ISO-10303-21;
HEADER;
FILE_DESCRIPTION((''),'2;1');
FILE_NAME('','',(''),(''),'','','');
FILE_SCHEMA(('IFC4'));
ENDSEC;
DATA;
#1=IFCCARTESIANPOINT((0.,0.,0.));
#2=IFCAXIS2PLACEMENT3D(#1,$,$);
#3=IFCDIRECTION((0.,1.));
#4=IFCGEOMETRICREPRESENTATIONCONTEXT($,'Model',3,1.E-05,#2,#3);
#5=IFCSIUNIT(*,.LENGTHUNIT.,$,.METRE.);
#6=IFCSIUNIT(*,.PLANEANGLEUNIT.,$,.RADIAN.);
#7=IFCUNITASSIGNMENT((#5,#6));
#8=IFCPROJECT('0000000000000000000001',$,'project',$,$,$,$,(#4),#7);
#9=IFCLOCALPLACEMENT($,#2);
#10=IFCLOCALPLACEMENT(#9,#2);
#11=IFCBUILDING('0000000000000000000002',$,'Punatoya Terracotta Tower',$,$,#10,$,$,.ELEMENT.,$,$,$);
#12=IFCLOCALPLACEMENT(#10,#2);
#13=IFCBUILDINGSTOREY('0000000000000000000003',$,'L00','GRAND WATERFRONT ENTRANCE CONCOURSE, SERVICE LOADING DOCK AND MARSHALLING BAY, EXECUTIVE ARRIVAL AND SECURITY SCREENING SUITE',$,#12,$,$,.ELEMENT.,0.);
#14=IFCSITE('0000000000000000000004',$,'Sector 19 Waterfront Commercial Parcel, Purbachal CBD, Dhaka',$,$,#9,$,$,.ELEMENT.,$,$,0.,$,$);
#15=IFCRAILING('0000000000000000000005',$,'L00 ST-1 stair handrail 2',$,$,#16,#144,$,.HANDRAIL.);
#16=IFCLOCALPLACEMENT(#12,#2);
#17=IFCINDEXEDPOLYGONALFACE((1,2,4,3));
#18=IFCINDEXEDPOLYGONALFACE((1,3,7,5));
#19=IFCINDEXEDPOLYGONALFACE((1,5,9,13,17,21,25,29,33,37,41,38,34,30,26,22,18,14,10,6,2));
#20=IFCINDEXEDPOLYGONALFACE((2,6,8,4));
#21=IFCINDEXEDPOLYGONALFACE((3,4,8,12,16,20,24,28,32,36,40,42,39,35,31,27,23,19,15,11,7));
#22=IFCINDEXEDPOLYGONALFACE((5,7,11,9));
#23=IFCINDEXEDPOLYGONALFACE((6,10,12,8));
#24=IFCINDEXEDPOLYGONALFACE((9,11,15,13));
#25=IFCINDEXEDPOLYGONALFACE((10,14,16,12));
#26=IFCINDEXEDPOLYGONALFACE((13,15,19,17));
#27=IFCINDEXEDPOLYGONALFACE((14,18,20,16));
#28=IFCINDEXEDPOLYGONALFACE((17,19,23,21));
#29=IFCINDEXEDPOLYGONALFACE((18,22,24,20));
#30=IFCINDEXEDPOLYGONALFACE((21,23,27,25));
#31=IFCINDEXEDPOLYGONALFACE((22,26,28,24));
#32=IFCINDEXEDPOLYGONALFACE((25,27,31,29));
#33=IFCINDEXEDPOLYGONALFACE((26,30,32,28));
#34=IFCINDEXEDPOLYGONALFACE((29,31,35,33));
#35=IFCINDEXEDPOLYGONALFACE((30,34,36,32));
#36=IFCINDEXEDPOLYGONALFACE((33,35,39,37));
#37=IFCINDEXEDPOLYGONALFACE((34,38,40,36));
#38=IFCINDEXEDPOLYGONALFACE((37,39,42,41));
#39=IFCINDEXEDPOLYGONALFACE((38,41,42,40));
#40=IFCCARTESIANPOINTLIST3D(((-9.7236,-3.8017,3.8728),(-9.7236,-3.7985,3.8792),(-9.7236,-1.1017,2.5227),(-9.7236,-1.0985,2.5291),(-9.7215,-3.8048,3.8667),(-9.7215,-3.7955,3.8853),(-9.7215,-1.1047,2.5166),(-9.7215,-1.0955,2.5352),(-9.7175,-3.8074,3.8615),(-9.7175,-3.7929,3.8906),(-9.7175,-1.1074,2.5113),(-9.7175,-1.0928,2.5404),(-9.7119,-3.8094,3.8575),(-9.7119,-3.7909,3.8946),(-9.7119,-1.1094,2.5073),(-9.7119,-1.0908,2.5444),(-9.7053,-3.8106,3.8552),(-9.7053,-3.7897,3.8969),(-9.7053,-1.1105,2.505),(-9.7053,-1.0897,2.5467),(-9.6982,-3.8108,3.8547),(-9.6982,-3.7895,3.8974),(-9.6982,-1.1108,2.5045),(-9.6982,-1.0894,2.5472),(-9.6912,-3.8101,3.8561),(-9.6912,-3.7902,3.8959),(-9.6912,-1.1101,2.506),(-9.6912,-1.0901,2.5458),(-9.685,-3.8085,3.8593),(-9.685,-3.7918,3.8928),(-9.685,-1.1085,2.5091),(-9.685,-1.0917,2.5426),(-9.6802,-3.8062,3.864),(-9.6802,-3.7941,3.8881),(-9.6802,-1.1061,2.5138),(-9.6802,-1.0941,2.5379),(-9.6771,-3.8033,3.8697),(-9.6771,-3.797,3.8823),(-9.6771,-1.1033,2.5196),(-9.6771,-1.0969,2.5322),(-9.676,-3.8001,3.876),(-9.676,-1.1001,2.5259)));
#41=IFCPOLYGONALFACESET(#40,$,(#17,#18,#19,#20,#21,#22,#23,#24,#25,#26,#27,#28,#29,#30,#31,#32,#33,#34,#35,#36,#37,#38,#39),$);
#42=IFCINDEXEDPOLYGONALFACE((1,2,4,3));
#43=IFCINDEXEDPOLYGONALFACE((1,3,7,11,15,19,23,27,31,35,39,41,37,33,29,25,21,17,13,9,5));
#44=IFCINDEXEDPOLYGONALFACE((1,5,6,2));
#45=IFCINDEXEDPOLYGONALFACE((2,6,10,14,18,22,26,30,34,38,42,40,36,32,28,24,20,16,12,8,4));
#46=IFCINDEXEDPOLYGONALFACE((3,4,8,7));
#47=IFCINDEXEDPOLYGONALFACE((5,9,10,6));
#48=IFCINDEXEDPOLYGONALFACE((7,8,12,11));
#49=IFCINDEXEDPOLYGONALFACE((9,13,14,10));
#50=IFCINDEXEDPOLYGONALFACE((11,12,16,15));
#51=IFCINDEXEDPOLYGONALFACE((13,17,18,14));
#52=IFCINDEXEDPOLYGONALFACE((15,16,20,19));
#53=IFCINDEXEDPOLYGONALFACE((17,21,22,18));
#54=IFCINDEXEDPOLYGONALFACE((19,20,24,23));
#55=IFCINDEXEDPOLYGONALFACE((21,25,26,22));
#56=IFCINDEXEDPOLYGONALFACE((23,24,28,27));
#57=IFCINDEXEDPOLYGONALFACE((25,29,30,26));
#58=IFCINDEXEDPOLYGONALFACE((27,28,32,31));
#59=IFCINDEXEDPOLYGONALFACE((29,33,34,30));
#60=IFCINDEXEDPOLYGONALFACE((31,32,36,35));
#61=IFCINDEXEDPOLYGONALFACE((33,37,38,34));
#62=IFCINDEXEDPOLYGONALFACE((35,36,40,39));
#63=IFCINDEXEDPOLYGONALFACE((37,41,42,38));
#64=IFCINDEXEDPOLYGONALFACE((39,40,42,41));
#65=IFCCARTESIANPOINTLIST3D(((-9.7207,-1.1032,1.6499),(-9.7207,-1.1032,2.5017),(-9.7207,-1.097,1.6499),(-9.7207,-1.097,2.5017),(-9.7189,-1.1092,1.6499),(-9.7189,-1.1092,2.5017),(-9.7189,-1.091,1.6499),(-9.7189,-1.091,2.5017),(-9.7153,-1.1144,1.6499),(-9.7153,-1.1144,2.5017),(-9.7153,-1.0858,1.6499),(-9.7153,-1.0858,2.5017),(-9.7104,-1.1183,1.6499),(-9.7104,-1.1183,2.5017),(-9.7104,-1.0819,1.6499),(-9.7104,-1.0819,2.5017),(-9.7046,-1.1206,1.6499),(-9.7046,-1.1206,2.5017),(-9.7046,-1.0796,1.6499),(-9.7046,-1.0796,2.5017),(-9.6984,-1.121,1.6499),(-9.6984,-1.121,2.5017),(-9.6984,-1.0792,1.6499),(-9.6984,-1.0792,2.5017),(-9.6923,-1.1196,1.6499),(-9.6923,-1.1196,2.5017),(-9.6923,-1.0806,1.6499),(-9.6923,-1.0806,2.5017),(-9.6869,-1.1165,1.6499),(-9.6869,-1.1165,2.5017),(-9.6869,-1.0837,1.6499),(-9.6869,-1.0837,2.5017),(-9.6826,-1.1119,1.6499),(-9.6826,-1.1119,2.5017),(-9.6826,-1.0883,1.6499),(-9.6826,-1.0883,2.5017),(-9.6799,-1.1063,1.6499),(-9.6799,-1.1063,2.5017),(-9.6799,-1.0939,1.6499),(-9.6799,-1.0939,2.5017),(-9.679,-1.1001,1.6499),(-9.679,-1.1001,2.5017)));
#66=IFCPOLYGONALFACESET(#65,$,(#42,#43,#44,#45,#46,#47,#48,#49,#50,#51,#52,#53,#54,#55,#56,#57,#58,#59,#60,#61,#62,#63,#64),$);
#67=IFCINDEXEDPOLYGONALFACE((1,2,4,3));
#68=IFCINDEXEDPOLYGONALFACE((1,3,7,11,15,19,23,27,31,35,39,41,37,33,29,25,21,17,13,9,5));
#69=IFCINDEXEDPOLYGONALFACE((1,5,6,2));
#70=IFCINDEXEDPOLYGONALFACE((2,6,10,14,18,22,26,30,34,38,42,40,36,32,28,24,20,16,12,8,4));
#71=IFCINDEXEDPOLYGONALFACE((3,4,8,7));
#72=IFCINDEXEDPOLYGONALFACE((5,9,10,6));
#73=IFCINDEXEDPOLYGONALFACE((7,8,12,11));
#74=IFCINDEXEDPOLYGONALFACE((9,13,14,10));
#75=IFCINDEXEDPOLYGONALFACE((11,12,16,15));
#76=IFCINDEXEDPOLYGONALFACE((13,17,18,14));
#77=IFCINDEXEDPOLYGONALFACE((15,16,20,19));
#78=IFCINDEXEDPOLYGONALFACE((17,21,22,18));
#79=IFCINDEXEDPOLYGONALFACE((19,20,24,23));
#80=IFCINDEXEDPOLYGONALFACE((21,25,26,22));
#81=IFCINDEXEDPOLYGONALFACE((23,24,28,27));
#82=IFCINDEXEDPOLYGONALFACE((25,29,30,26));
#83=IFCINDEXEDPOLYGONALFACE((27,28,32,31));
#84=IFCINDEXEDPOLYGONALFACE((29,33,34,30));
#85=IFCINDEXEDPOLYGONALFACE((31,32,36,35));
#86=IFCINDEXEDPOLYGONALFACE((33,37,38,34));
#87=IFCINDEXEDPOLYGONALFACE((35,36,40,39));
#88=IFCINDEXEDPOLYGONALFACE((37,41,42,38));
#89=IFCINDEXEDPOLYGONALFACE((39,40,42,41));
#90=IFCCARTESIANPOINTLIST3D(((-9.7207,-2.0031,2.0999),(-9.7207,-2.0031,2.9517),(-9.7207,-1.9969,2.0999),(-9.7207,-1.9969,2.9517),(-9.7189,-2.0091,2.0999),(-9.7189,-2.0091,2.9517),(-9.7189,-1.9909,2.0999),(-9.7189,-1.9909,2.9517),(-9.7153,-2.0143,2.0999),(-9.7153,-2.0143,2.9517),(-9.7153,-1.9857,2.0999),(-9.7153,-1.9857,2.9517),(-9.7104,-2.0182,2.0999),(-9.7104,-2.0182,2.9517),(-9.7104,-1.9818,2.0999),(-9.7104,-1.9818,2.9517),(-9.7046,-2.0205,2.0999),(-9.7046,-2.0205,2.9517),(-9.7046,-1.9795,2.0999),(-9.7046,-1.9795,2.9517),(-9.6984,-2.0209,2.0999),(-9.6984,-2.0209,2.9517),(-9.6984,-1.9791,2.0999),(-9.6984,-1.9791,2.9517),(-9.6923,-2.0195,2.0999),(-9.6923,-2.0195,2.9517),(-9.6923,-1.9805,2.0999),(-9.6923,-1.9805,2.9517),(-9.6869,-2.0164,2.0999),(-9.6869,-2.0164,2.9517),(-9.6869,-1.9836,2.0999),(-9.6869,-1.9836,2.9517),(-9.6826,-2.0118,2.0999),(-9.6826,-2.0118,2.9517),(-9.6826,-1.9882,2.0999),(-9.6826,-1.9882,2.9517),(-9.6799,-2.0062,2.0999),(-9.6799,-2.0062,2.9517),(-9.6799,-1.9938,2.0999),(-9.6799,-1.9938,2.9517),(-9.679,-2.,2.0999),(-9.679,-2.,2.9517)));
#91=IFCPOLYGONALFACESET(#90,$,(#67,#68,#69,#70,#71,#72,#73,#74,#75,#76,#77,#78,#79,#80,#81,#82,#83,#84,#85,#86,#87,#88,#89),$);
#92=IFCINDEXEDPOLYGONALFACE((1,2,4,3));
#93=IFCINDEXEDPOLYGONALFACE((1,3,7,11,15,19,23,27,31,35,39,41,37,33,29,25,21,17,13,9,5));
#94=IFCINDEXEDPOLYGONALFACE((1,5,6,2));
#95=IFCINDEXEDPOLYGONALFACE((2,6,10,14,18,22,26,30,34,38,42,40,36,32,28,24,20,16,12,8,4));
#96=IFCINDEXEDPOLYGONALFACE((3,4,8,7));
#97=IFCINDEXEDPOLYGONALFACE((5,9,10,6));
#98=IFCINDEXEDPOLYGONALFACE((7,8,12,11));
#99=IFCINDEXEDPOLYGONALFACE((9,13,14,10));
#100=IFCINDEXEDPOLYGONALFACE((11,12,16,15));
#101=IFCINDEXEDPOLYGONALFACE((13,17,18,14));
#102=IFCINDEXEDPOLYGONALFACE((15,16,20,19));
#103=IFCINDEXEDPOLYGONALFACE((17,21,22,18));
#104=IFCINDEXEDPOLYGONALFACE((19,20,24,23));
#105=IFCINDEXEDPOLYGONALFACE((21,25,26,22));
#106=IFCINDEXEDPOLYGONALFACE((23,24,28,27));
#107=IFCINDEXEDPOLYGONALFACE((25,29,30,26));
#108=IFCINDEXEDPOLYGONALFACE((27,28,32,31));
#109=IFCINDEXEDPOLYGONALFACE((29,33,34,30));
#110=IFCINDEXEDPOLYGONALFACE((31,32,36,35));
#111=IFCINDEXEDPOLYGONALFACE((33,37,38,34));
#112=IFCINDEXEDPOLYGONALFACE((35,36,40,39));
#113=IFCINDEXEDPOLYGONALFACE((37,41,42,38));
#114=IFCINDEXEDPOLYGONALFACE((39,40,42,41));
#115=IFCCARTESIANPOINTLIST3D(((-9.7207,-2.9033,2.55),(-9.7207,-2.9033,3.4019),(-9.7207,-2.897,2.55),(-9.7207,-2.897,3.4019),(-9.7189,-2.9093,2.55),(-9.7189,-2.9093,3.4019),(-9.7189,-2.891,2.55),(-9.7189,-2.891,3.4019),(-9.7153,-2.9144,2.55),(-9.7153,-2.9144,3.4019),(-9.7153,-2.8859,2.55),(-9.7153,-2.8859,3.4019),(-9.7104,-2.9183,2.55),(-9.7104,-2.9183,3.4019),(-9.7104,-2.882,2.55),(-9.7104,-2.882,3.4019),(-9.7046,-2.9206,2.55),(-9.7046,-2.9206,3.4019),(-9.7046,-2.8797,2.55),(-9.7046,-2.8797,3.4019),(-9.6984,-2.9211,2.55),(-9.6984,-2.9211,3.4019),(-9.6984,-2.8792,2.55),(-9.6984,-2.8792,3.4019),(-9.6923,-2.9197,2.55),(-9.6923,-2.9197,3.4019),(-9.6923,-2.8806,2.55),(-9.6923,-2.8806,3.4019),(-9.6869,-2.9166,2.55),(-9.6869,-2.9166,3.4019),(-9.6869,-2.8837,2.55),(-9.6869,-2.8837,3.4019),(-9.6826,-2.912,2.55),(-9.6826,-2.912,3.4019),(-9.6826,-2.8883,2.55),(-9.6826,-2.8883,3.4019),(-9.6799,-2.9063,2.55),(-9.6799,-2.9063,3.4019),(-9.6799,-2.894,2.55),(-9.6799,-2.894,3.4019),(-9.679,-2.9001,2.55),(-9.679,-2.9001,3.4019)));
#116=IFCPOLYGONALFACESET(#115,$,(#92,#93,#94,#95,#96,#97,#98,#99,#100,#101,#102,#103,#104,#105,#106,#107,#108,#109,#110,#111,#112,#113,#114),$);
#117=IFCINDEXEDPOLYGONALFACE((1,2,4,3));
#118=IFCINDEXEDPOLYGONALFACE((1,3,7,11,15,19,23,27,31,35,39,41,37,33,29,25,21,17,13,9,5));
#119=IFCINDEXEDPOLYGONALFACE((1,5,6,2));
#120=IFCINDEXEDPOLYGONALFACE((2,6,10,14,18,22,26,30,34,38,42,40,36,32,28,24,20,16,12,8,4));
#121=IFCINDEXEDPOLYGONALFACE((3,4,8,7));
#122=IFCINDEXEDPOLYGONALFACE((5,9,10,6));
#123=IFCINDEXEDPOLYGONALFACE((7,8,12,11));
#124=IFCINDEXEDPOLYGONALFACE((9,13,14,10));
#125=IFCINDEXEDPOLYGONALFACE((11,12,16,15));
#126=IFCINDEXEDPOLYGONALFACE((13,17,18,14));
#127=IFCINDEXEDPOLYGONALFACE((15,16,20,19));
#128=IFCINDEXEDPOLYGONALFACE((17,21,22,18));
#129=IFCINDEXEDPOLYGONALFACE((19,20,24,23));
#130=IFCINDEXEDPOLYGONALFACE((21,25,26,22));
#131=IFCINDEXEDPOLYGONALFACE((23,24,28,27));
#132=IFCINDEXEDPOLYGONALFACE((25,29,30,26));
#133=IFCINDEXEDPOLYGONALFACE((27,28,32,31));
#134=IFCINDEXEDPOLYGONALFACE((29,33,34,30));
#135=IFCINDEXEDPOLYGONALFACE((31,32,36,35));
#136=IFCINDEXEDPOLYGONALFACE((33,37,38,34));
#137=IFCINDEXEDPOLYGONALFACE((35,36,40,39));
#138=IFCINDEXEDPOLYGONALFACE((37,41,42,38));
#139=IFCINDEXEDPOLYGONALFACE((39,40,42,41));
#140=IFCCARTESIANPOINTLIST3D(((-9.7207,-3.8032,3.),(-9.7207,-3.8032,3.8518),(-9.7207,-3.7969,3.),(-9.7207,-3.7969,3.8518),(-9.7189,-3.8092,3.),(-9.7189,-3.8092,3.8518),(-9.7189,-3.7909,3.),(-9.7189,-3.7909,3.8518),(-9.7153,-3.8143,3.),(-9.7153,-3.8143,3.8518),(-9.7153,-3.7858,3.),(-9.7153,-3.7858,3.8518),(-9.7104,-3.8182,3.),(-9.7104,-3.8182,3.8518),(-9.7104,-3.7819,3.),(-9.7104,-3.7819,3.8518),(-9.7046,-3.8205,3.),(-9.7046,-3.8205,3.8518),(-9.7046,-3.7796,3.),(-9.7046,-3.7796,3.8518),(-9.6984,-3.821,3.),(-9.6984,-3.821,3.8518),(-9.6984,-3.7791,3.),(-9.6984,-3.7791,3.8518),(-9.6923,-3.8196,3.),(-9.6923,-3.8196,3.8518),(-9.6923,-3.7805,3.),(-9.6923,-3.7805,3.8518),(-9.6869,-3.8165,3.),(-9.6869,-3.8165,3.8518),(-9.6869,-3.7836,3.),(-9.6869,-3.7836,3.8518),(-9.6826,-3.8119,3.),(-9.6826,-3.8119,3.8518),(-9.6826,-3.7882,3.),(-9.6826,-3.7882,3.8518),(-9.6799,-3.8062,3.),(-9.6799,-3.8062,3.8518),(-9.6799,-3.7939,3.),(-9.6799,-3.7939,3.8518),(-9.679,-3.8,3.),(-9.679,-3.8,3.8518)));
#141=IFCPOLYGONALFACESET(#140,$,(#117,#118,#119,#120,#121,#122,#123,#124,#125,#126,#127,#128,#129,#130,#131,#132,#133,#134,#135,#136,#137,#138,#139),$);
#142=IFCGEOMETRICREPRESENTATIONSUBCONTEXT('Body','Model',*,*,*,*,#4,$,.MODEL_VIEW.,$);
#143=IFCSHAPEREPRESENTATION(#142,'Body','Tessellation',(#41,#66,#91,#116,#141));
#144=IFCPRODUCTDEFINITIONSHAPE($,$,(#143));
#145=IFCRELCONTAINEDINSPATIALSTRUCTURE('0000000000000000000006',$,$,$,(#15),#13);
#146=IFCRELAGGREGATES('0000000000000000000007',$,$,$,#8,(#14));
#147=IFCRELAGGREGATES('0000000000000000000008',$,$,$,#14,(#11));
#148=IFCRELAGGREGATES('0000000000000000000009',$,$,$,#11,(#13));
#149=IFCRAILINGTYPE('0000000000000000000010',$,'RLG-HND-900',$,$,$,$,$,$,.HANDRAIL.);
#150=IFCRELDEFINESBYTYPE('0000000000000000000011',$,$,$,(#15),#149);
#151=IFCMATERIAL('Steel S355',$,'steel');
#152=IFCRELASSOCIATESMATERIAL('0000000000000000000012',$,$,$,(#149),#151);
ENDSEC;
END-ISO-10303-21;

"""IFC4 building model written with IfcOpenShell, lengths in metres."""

from ifc_helpers import new_model, si_unit, direction, frame, origin, origin_2d, place, context, subcontext, project, spatial, circle, extrude, material, type_object, element, save


model = new_model("IFC4")

# Units and contexts
model_context = context("Model", 3, precision=1e-05, world=origin(), true_north=direction((0.0, 1.0)))
body_context = subcontext(model_context, "Body", "Model", "MODEL_VIEW")
ifc_project = project(units=[si_unit("LENGTHUNIT", "METRE"), si_unit("PLANEANGLEUNIT", "RADIAN")], contexts=[model_context])

# Site, building, storey
site_placement = place(None, origin())
site = spatial("IfcSite", under=ifc_project, at=site_placement, Name="Sector 19 Waterfront Commercial Parcel, Purbachal CBD, Dhaka", CompositionType="ELEMENT", RefElevation=0.0)
building_placement = place(site_placement, origin())
building = spatial("IfcBuilding", under=site, at=building_placement, Name="Punatoya Terracotta Tower", CompositionType="ELEMENT")
storey_placement = place(building_placement, origin())
storey = spatial("IfcBuildingStorey", under=building, at=storey_placement, Name="L00", Description="GRAND WATERFRONT ENTRANCE CONCOURSE, SERVICE LOADING DOCK AND MARSHALLING BAY, EXECUTIVE ARRIVAL AND SECURITY SCREENING SUITE", CompositionType="ELEMENT", Elevation=0.0)

# Shared definitions
ifc_material_1 = material(Name="Steel S355", Category="steel")

# Railing
railing_type_1 = type_object("IfcRailingType", Name="RLG-HND-900", PredefinedType="HANDRAIL", material=ifc_material_1)
for number, where, name in (
    (1, (-9.7, -1.1001, 1.6499), "L00 ST-1 stair handrail 2"),
):
    element("IfcRailing", number, at=place(storey_placement, frame(where)), inside=storey, type_object=railing_type_1, Name=name, PredefinedType="HANDRAIL", context=body_context, shape_type="SweptSolid", body=[
        extrude(circle(Radius=0.0239, at=origin_2d()), frame((0.0, 0.0, 0.876), z_axis=(0.0, -0.894411, 0.447246), x_axis=(1.0, 0.0, 0.0)), (0.0, 0.0, 1.0), 3.0188),
        extrude(circle(Radius=0.021, at=origin_2d()), origin(), (0.0, 0.0, 1.0), 0.8518),
        extrude(circle(Radius=0.021, at=origin_2d()), frame((0.0, -0.8999, 0.45)), (0.0, 0.0, 1.0), 0.8518),
        extrude(circle(Radius=0.021, at=origin_2d()), frame((0.0, -1.8, 0.9001)), (0.0, 0.0, 1.0), 0.8518),
        extrude(circle(Radius=0.021, at=origin_2d()), frame((0.0, -2.7, 1.3501)), (0.0, 0.0, 1.0), 0.8518),
    ])

save(model, "model.ifc")
